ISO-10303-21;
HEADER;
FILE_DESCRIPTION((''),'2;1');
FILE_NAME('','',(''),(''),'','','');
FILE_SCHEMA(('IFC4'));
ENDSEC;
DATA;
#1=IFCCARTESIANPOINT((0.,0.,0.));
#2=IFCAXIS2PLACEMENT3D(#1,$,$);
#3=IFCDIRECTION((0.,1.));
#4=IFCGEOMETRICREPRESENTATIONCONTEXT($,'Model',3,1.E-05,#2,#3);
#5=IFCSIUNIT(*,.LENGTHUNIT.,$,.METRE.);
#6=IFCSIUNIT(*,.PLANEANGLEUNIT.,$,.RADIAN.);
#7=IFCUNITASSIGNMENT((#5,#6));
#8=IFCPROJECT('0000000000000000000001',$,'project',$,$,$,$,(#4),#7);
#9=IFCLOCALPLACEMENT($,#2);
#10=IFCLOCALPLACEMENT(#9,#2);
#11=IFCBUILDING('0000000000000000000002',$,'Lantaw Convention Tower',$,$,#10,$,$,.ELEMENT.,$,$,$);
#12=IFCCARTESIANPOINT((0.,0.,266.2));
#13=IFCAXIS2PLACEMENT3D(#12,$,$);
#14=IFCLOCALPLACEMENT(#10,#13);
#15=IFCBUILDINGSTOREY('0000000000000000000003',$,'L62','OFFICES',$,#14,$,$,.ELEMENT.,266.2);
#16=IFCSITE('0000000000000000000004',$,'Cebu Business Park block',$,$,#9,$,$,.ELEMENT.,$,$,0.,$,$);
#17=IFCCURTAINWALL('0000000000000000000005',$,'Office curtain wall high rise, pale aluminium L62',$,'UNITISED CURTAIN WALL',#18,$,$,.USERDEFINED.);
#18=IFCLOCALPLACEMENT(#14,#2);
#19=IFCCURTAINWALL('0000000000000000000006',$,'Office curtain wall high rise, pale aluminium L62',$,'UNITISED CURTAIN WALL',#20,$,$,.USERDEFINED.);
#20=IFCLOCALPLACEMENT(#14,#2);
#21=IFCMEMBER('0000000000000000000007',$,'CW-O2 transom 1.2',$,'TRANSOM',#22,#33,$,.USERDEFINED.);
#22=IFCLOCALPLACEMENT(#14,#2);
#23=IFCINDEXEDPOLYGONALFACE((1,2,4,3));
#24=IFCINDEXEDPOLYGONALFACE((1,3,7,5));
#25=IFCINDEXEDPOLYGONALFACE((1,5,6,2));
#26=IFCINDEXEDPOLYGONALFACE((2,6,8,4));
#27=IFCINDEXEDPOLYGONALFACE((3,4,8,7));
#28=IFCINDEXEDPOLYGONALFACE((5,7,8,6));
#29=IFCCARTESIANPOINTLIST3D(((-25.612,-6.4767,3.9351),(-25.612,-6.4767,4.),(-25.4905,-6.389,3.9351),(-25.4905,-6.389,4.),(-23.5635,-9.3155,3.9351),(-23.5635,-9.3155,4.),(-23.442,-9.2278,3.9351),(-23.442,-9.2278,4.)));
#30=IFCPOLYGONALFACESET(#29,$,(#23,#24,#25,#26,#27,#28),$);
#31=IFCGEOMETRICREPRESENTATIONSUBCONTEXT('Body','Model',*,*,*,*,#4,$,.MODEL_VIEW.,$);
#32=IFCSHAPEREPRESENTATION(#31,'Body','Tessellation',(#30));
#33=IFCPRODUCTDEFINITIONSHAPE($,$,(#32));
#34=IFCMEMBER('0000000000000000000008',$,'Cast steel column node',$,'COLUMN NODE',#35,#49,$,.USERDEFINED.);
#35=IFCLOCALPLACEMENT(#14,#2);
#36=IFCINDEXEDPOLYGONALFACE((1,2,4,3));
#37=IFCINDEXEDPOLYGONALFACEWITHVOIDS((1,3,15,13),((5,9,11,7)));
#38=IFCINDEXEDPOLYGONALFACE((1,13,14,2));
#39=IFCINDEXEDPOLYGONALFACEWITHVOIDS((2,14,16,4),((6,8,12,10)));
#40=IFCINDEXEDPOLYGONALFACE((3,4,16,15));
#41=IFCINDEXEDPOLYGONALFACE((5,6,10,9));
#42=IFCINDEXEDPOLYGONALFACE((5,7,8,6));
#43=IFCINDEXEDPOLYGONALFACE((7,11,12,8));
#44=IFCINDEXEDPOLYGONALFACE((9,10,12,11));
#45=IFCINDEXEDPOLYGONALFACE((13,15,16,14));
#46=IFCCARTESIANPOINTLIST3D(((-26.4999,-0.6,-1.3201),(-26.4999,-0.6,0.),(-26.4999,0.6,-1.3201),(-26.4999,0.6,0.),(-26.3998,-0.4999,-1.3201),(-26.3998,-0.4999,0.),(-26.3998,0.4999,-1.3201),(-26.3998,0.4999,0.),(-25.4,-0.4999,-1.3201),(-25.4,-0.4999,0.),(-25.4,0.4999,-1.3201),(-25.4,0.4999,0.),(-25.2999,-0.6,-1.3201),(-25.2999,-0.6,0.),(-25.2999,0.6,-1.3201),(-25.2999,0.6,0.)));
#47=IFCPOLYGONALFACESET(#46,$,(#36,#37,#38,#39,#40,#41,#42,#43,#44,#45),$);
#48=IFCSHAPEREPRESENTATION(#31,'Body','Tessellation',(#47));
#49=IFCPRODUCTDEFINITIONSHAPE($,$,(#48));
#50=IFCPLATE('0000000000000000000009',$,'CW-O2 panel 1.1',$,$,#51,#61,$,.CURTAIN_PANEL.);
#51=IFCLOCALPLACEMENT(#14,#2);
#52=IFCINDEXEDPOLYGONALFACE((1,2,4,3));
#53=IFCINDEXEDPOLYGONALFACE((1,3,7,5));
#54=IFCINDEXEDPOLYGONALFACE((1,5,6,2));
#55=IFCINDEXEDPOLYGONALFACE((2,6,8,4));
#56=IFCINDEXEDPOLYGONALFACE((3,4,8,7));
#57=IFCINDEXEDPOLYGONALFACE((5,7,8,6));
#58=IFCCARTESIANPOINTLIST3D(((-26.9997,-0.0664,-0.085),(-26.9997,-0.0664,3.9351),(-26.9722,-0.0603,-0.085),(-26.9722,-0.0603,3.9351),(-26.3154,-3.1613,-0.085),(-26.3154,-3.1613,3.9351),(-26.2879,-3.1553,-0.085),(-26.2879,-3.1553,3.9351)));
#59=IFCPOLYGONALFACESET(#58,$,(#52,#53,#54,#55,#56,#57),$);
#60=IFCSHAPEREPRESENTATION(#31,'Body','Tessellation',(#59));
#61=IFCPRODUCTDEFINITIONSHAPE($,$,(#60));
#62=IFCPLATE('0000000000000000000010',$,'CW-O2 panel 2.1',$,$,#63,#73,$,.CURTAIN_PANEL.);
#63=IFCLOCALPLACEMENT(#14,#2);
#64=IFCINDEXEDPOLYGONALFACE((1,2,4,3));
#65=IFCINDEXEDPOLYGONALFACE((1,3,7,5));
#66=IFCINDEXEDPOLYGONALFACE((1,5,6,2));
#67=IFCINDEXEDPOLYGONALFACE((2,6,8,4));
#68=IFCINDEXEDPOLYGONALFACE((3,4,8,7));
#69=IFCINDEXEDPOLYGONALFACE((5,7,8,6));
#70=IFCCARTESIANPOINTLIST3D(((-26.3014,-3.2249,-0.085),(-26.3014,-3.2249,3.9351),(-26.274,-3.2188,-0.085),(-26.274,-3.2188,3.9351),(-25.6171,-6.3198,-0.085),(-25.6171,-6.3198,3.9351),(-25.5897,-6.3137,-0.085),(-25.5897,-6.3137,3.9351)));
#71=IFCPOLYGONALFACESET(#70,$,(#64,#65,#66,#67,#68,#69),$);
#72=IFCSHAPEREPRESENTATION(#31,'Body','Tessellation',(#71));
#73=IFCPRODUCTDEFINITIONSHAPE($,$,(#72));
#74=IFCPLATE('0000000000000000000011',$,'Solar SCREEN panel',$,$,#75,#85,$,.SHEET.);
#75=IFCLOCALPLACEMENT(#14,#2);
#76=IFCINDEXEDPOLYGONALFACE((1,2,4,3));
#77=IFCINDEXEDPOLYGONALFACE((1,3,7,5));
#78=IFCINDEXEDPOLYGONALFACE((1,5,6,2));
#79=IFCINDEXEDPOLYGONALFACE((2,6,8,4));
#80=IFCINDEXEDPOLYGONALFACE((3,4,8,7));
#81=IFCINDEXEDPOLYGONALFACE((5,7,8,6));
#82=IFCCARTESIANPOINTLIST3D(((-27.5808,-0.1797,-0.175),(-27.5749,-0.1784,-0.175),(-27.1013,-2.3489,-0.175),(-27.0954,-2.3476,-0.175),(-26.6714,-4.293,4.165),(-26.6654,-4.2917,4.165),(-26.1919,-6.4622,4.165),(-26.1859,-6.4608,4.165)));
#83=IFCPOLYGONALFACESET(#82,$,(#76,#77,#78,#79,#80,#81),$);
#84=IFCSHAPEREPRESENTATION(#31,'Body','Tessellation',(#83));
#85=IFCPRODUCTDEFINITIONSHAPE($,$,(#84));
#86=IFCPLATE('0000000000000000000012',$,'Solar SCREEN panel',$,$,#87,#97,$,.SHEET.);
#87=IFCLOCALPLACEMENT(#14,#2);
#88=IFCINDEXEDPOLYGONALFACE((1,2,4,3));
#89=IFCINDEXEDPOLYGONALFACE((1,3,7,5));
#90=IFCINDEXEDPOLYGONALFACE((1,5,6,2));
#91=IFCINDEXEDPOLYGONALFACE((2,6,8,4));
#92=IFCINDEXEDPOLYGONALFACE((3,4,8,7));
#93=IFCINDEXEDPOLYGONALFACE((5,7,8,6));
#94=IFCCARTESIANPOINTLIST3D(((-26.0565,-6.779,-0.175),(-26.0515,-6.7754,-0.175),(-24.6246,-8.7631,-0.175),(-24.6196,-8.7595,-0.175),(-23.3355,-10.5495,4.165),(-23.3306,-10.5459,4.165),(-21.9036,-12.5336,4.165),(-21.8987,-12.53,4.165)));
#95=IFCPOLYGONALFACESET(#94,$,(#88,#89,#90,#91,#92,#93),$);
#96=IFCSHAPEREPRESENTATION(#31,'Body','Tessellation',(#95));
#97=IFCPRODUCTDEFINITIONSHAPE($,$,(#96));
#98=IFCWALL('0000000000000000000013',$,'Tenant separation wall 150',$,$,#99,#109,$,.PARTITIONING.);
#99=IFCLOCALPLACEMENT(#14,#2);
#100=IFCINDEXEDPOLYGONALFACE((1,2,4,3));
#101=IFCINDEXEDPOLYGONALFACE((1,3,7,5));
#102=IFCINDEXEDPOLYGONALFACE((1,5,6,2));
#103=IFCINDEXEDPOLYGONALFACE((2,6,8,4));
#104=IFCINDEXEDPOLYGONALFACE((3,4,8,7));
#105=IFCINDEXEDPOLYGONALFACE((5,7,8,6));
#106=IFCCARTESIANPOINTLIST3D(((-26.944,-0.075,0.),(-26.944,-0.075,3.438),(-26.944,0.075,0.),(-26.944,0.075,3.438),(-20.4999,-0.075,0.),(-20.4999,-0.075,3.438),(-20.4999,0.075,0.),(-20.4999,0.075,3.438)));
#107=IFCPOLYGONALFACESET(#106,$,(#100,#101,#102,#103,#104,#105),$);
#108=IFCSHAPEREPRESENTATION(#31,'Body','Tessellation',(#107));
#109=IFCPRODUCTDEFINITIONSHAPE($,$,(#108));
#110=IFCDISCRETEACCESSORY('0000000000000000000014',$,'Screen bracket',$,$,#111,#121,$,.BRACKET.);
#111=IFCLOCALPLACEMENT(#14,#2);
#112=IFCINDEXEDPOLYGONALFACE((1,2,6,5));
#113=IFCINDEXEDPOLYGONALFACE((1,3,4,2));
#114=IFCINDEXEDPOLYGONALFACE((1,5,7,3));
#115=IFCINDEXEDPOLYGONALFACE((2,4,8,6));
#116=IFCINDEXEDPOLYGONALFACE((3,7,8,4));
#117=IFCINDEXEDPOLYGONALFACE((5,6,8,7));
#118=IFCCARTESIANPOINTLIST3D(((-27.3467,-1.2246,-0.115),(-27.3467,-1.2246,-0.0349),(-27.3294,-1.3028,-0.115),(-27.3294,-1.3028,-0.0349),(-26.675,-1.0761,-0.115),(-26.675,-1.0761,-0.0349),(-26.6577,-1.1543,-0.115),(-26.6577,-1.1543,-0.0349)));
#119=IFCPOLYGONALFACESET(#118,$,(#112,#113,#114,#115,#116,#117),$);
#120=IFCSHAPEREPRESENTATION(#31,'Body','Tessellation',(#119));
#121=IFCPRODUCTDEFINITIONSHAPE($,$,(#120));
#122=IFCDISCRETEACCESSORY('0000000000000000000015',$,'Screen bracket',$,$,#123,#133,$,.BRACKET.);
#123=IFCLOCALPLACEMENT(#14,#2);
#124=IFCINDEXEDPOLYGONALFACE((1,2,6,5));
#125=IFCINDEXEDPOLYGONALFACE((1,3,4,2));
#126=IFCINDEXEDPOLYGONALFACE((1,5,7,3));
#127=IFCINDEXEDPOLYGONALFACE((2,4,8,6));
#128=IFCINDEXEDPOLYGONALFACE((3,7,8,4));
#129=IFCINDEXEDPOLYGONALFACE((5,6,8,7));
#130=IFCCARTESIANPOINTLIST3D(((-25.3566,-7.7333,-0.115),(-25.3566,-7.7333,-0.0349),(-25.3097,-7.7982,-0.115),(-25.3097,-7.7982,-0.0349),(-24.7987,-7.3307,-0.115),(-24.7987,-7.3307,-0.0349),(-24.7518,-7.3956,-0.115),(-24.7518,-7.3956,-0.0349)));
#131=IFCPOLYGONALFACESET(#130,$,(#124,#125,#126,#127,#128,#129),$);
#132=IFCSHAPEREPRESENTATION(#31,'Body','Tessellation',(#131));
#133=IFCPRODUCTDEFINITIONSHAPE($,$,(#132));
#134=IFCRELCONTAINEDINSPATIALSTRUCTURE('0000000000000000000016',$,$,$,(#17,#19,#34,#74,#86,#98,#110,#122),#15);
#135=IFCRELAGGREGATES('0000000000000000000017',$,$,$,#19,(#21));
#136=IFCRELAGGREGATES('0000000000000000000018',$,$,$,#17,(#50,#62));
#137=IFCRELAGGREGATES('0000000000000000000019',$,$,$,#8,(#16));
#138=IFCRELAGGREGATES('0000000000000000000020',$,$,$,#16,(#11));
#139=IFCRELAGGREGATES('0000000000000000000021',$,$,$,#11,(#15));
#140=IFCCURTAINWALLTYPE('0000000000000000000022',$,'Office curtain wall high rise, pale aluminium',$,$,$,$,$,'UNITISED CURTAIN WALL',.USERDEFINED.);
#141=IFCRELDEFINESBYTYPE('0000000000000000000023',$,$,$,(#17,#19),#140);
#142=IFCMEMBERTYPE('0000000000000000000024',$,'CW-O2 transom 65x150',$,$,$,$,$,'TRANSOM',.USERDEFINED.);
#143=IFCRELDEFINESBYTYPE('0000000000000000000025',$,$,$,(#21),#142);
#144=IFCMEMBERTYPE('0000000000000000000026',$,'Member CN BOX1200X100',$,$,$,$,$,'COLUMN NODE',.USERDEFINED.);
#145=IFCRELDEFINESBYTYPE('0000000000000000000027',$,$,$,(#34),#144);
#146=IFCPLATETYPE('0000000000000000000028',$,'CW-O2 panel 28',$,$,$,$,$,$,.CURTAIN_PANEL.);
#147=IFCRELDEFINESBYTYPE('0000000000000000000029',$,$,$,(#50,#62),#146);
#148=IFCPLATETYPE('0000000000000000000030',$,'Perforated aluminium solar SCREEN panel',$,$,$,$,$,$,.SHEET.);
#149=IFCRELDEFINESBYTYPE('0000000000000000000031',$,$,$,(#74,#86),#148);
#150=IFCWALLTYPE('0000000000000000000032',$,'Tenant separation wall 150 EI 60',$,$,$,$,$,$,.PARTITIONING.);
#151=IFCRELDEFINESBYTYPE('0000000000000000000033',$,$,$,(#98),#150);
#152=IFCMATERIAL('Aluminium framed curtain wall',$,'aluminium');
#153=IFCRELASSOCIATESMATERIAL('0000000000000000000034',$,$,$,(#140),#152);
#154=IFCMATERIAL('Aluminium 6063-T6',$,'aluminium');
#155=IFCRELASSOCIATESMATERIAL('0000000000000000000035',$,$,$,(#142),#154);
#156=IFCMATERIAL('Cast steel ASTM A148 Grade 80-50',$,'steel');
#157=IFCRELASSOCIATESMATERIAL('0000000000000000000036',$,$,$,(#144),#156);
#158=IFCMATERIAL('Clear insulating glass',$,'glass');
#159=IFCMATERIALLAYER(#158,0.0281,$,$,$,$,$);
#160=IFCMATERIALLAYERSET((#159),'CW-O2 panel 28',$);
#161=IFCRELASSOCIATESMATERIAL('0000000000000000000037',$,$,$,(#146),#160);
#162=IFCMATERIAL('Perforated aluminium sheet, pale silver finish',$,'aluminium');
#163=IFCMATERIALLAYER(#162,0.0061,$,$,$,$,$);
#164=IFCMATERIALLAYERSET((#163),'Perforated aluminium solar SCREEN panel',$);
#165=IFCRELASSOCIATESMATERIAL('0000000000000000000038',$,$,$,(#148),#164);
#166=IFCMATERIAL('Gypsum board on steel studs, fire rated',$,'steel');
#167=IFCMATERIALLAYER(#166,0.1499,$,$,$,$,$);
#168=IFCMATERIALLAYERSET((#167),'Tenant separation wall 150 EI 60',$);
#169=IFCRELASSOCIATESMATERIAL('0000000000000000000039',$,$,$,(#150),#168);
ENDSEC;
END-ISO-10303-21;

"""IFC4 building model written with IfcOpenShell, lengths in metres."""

from ifc_helpers import new_model, si_unit, direction, frame, frame_2d, origin, origin_2d, place, context, subcontext, project, spatial, polyline, rectangle, hollow_rectangle, outline, extrude, material, layer, layer_set, material_profile, profile_set, type_object, element, aggregate, save


model = new_model("IFC4")

# Units and contexts
model_context = context("Model", 3, precision=1e-05, world=origin(), true_north=direction((0.0, 1.0)))
body_context = subcontext(model_context, "Body", "Model", "MODEL_VIEW")
ifc_project = project(units=[si_unit("LENGTHUNIT", "METRE"), si_unit("PLANEANGLEUNIT", "RADIAN")], contexts=[model_context])

# Site, building, storey
site_placement = place(None, origin())
site = spatial("IfcSite", under=ifc_project, at=site_placement, Name="Cebu Business Park block", CompositionType="ELEMENT", RefElevation=0.0)
building_placement = place(site_placement, origin())
building = spatial("IfcBuilding", under=site, at=building_placement, Name="Lantaw Convention Tower", CompositionType="ELEMENT")
storey_placement = place(building_placement, frame((0.0, 0.0, 266.2)))
storey = spatial("IfcBuildingStorey", under=building, at=storey_placement, Name="L62", Description="OFFICES", CompositionType="ELEMENT", Elevation=266.2)

# Curtain wall
ifc_material_1 = material(Name="Aluminium framed curtain wall", Category="aluminium")
curtain_wall_type = type_object("IfcCurtainWallType", Name="Office curtain wall high rise, pale aluminium", ElementType="UNITISED CURTAIN WALL", PredefinedType="USERDEFINED", material=ifc_material_1)
curtain_wall_1_placement = place(storey_placement, origin())
curtain_wall_1 = element("IfcCurtainWall", 1, at=curtain_wall_1_placement, inside=storey, type_object=curtain_wall_type, Name="Office curtain wall high rise, pale aluminium L62", ObjectType="UNITISED CURTAIN WALL", PredefinedType="USERDEFINED")
ifc_material_2 = material(Name="Aluminium 6063-T6", Category="aluminium")

# Curtain wall
curtain_wall_2_placement = place(storey_placement, origin())
curtain_wall_2 = element("IfcCurtainWall", 2, at=curtain_wall_2_placement, inside=storey, type_object=curtain_wall_type, Name="Office curtain wall high rise, pale aluminium L62", ObjectType="UNITISED CURTAIN WALL", PredefinedType="USERDEFINED")

# Members
ifc_material_profile_1 = material_profile(ifc_material_2, rectangle(XDim=0.1499, YDim=0.0649, at=origin_2d()), Name="CW-O2 transom 65x150")
ifc_profile_set_1 = profile_set([ifc_material_profile_1], Name="Aluminium 6063-T6")
member_type_1 = type_object("IfcMemberType", Name="CW-O2 transom 65x150", ElementType="TRANSOM", PredefinedType="USERDEFINED", material=ifc_profile_set_1)
member_1_placement = place(storey_placement, frame((-25.5513, -6.4329, 3.9675), z_axis=(0.58517, -0.810911, 0.0), x_axis=(0.810911, 0.58517, 0.0)))
member_1 = element("IfcMember", 3, at=member_1_placement, type_object=member_type_1, Name="CW-O2 transom 1.2", ObjectType="TRANSOM", PredefinedType="USERDEFINED", context=body_context, shape_type="SweptSolid", body=[
    extrude(rectangle(XDim=0.1499, YDim=0.0649, at=origin_2d()), origin(), (0.0, 0.0, 1.0), 3.5007),
])
aggregate(curtain_wall_2, [member_1])
ifc_material_3 = material(Name="Cast steel ASTM A148 Grade 80-50", Category="steel")
ifc_material_profile_2 = material_profile(ifc_material_3, hollow_rectangle(XDim=1.2, YDim=1.2, WallThickness=0.1001, at=origin_2d()), Name="BOX1200X100")
ifc_profile_set_2 = profile_set([ifc_material_profile_2], Name="Cast steel ASTM A148 Grade 80-50")
member_type_2 = type_object("IfcMemberType", Name="Member CN BOX1200X100", ElementType="COLUMN NODE", PredefinedType="USERDEFINED", material=ifc_profile_set_2)
member_2_placement = place(storey_placement, frame((-25.8999, 0.0, -1.3201), z_axis=(0.0, 0.0, 1.0), x_axis=(1.0, 0.0, 0.0)))
element("IfcMember", 4, at=member_2_placement, inside=storey, type_object=member_type_2, Name="Cast steel column node", ObjectType="COLUMN NODE", PredefinedType="USERDEFINED", context=body_context, shape_type="SweptSolid", body=[
    extrude(hollow_rectangle(XDim=1.2, YDim=1.2, WallThickness=0.1001, at=origin_2d()), origin(), (0.0, 0.0, 1.0), 1.3201),
])

# Plates
ifc_material_4 = material(Name="Clear insulating glass", Category="glass")
ifc_layer_1 = layer(ifc_material_4, 0.0281)
ifc_layer_set_1 = layer_set([ifc_layer_1], Name="CW-O2 panel 28")
plate_type_1 = type_object("IfcPlateType", Name="CW-O2 panel 28", PredefinedType="CURTAIN_PANEL", material=ifc_layer_set_1)
plate_1_placement = place(storey_placement, frame((-26.6438, -1.6108, -0.085), z_axis=(0.0, 0.0, 1.0), x_axis=(0.215891, -0.976417, 0.0)))
plate_1 = element("IfcPlate", 5, at=plate_1_placement, type_object=plate_type_1, Name="CW-O2 panel 1.1", PredefinedType="CURTAIN_PANEL", context=body_context, shape_type="SweptSolid", body=[
    extrude(rectangle(XDim=3.1697, YDim=0.0281, at=origin_2d()), origin(), (0.0, 0.0, 1.0), 4.02),
])
plate_2_placement = place(storey_placement, frame((-25.9456, -4.7693, -0.085), z_axis=(0.0, 0.0, 1.0), x_axis=(0.215891, -0.976417, 0.0)))
plate_2 = element("IfcPlate", 6, at=plate_2_placement, type_object=plate_type_1, Name="CW-O2 panel 2.1", PredefinedType="CURTAIN_PANEL", context=body_context, shape_type="SweptSolid", body=[
    extrude(rectangle(XDim=3.1697, YDim=0.0281, at=origin_2d()), origin(), (0.0, 0.0, 1.0), 4.02),
])
aggregate(curtain_wall_1, [plate_1, plate_2])

# Plates
ifc_material_5 = material(Name="Perforated aluminium sheet, pale silver finish", Category="aluminium")
ifc_layer_2 = layer(ifc_material_5, 0.0061)
ifc_layer_set_2 = layer_set([ifc_layer_2], Name="Perforated aluminium solar SCREEN panel")
plate_type_2 = type_object("IfcPlateType", Name="Perforated aluminium solar SCREEN panel", PredefinedType="SHEET", material=ifc_layer_set_2)
plate_3_placement = place(storey_placement, frame((-27.5808, -0.1797, -0.175), z_axis=(-0.97643, -0.215837, 0.000044), x_axis=(0.215837, -0.97643, 0.0)))
element("IfcPlate", 7, at=plate_3_placement, inside=storey, type_object=plate_type_2, Name="Solar SCREEN panel", PredefinedType="SHEET", context=body_context, shape_type="SweptSolid", body=[
    extrude(outline(polyline([(0.0, 0.0), (2.2216, 0.0), (6.4342, 4.3401), (4.2126, 4.3401), (0.0, 0.0)])), origin(), (0.0, 0.0, -1.0), 0.0061),
])
plate_4_placement = place(storey_placement, frame((-26.0515, -6.7754, -0.175), z_axis=(0.810892, 0.585195, 0.00002), x_axis=(0.585195, -0.810892, 0.0)))
element("IfcPlate", 8, at=plate_4_placement, inside=storey, type_object=plate_type_2, Name="Solar SCREEN panel", PredefinedType="SHEET", context=body_context, shape_type="SweptSolid", body=[
    extrude(outline(polyline([(0.0, 0.0), (2.4468, 0.0), (7.0966, -4.3401), (4.6498, -4.3401), (0.0, 0.0)])), origin(), (0.0, 0.0, -1.0), 0.0061),
])

# Wall
ifc_material_6 = material(Name="Gypsum board on steel studs, fire rated", Category="steel")
ifc_layer_3 = layer(ifc_material_6, 0.1499)
ifc_layer_set_3 = layer_set([ifc_layer_3], Name="Tenant separation wall 150 EI 60")
wall_type = type_object("IfcWallType", Name="Tenant separation wall 150 EI 60", PredefinedType="PARTITIONING", material=ifc_layer_set_3)
wall_placement = place(storey_placement, frame((-26.9441, 0.0, 0.0), z_axis=(0.0, 0.0, 1.0), x_axis=(1.0, 0.0, 0.0)))
element("IfcWall", 9, at=wall_placement, inside=storey, type_object=wall_type, Name="Tenant separation wall 150", PredefinedType="PARTITIONING", context=body_context, shape_type="SweptSolid", body=[
    extrude(rectangle(XDim=6.4441, YDim=0.1499, at=frame_2d((3.2222, 0.0))), origin(), (0.0, 0.0, 1.0), 3.438),
])

# Discrete accessories
for number, where, z_axis, x_axis, name in (
    (10, (-27.0022, -1.1895, -0.115), (0.0, 0.0, 1.0), (0.215891, -0.976417, 0.0), "Screen bracket"),
    (11, (-25.0542, -7.5645, -0.115), (0.0, 0.0, 1.0), (0.585158, -0.81092, 0.0), "Screen bracket"),
):
    element("IfcDiscreteAccessory", number, at=place(storey_placement, frame(where, z_axis=z_axis, x_axis=x_axis)), inside=storey, Name=name, PredefinedType="BRACKET", context=body_context, shape_type="SweptSolid", body=[
        extrude(rectangle(XDim=0.0801, YDim=0.688, at=origin_2d()), origin(), (0.0, 0.0, 1.0), 0.0801),
    ])

save(model, "model.ifc")
